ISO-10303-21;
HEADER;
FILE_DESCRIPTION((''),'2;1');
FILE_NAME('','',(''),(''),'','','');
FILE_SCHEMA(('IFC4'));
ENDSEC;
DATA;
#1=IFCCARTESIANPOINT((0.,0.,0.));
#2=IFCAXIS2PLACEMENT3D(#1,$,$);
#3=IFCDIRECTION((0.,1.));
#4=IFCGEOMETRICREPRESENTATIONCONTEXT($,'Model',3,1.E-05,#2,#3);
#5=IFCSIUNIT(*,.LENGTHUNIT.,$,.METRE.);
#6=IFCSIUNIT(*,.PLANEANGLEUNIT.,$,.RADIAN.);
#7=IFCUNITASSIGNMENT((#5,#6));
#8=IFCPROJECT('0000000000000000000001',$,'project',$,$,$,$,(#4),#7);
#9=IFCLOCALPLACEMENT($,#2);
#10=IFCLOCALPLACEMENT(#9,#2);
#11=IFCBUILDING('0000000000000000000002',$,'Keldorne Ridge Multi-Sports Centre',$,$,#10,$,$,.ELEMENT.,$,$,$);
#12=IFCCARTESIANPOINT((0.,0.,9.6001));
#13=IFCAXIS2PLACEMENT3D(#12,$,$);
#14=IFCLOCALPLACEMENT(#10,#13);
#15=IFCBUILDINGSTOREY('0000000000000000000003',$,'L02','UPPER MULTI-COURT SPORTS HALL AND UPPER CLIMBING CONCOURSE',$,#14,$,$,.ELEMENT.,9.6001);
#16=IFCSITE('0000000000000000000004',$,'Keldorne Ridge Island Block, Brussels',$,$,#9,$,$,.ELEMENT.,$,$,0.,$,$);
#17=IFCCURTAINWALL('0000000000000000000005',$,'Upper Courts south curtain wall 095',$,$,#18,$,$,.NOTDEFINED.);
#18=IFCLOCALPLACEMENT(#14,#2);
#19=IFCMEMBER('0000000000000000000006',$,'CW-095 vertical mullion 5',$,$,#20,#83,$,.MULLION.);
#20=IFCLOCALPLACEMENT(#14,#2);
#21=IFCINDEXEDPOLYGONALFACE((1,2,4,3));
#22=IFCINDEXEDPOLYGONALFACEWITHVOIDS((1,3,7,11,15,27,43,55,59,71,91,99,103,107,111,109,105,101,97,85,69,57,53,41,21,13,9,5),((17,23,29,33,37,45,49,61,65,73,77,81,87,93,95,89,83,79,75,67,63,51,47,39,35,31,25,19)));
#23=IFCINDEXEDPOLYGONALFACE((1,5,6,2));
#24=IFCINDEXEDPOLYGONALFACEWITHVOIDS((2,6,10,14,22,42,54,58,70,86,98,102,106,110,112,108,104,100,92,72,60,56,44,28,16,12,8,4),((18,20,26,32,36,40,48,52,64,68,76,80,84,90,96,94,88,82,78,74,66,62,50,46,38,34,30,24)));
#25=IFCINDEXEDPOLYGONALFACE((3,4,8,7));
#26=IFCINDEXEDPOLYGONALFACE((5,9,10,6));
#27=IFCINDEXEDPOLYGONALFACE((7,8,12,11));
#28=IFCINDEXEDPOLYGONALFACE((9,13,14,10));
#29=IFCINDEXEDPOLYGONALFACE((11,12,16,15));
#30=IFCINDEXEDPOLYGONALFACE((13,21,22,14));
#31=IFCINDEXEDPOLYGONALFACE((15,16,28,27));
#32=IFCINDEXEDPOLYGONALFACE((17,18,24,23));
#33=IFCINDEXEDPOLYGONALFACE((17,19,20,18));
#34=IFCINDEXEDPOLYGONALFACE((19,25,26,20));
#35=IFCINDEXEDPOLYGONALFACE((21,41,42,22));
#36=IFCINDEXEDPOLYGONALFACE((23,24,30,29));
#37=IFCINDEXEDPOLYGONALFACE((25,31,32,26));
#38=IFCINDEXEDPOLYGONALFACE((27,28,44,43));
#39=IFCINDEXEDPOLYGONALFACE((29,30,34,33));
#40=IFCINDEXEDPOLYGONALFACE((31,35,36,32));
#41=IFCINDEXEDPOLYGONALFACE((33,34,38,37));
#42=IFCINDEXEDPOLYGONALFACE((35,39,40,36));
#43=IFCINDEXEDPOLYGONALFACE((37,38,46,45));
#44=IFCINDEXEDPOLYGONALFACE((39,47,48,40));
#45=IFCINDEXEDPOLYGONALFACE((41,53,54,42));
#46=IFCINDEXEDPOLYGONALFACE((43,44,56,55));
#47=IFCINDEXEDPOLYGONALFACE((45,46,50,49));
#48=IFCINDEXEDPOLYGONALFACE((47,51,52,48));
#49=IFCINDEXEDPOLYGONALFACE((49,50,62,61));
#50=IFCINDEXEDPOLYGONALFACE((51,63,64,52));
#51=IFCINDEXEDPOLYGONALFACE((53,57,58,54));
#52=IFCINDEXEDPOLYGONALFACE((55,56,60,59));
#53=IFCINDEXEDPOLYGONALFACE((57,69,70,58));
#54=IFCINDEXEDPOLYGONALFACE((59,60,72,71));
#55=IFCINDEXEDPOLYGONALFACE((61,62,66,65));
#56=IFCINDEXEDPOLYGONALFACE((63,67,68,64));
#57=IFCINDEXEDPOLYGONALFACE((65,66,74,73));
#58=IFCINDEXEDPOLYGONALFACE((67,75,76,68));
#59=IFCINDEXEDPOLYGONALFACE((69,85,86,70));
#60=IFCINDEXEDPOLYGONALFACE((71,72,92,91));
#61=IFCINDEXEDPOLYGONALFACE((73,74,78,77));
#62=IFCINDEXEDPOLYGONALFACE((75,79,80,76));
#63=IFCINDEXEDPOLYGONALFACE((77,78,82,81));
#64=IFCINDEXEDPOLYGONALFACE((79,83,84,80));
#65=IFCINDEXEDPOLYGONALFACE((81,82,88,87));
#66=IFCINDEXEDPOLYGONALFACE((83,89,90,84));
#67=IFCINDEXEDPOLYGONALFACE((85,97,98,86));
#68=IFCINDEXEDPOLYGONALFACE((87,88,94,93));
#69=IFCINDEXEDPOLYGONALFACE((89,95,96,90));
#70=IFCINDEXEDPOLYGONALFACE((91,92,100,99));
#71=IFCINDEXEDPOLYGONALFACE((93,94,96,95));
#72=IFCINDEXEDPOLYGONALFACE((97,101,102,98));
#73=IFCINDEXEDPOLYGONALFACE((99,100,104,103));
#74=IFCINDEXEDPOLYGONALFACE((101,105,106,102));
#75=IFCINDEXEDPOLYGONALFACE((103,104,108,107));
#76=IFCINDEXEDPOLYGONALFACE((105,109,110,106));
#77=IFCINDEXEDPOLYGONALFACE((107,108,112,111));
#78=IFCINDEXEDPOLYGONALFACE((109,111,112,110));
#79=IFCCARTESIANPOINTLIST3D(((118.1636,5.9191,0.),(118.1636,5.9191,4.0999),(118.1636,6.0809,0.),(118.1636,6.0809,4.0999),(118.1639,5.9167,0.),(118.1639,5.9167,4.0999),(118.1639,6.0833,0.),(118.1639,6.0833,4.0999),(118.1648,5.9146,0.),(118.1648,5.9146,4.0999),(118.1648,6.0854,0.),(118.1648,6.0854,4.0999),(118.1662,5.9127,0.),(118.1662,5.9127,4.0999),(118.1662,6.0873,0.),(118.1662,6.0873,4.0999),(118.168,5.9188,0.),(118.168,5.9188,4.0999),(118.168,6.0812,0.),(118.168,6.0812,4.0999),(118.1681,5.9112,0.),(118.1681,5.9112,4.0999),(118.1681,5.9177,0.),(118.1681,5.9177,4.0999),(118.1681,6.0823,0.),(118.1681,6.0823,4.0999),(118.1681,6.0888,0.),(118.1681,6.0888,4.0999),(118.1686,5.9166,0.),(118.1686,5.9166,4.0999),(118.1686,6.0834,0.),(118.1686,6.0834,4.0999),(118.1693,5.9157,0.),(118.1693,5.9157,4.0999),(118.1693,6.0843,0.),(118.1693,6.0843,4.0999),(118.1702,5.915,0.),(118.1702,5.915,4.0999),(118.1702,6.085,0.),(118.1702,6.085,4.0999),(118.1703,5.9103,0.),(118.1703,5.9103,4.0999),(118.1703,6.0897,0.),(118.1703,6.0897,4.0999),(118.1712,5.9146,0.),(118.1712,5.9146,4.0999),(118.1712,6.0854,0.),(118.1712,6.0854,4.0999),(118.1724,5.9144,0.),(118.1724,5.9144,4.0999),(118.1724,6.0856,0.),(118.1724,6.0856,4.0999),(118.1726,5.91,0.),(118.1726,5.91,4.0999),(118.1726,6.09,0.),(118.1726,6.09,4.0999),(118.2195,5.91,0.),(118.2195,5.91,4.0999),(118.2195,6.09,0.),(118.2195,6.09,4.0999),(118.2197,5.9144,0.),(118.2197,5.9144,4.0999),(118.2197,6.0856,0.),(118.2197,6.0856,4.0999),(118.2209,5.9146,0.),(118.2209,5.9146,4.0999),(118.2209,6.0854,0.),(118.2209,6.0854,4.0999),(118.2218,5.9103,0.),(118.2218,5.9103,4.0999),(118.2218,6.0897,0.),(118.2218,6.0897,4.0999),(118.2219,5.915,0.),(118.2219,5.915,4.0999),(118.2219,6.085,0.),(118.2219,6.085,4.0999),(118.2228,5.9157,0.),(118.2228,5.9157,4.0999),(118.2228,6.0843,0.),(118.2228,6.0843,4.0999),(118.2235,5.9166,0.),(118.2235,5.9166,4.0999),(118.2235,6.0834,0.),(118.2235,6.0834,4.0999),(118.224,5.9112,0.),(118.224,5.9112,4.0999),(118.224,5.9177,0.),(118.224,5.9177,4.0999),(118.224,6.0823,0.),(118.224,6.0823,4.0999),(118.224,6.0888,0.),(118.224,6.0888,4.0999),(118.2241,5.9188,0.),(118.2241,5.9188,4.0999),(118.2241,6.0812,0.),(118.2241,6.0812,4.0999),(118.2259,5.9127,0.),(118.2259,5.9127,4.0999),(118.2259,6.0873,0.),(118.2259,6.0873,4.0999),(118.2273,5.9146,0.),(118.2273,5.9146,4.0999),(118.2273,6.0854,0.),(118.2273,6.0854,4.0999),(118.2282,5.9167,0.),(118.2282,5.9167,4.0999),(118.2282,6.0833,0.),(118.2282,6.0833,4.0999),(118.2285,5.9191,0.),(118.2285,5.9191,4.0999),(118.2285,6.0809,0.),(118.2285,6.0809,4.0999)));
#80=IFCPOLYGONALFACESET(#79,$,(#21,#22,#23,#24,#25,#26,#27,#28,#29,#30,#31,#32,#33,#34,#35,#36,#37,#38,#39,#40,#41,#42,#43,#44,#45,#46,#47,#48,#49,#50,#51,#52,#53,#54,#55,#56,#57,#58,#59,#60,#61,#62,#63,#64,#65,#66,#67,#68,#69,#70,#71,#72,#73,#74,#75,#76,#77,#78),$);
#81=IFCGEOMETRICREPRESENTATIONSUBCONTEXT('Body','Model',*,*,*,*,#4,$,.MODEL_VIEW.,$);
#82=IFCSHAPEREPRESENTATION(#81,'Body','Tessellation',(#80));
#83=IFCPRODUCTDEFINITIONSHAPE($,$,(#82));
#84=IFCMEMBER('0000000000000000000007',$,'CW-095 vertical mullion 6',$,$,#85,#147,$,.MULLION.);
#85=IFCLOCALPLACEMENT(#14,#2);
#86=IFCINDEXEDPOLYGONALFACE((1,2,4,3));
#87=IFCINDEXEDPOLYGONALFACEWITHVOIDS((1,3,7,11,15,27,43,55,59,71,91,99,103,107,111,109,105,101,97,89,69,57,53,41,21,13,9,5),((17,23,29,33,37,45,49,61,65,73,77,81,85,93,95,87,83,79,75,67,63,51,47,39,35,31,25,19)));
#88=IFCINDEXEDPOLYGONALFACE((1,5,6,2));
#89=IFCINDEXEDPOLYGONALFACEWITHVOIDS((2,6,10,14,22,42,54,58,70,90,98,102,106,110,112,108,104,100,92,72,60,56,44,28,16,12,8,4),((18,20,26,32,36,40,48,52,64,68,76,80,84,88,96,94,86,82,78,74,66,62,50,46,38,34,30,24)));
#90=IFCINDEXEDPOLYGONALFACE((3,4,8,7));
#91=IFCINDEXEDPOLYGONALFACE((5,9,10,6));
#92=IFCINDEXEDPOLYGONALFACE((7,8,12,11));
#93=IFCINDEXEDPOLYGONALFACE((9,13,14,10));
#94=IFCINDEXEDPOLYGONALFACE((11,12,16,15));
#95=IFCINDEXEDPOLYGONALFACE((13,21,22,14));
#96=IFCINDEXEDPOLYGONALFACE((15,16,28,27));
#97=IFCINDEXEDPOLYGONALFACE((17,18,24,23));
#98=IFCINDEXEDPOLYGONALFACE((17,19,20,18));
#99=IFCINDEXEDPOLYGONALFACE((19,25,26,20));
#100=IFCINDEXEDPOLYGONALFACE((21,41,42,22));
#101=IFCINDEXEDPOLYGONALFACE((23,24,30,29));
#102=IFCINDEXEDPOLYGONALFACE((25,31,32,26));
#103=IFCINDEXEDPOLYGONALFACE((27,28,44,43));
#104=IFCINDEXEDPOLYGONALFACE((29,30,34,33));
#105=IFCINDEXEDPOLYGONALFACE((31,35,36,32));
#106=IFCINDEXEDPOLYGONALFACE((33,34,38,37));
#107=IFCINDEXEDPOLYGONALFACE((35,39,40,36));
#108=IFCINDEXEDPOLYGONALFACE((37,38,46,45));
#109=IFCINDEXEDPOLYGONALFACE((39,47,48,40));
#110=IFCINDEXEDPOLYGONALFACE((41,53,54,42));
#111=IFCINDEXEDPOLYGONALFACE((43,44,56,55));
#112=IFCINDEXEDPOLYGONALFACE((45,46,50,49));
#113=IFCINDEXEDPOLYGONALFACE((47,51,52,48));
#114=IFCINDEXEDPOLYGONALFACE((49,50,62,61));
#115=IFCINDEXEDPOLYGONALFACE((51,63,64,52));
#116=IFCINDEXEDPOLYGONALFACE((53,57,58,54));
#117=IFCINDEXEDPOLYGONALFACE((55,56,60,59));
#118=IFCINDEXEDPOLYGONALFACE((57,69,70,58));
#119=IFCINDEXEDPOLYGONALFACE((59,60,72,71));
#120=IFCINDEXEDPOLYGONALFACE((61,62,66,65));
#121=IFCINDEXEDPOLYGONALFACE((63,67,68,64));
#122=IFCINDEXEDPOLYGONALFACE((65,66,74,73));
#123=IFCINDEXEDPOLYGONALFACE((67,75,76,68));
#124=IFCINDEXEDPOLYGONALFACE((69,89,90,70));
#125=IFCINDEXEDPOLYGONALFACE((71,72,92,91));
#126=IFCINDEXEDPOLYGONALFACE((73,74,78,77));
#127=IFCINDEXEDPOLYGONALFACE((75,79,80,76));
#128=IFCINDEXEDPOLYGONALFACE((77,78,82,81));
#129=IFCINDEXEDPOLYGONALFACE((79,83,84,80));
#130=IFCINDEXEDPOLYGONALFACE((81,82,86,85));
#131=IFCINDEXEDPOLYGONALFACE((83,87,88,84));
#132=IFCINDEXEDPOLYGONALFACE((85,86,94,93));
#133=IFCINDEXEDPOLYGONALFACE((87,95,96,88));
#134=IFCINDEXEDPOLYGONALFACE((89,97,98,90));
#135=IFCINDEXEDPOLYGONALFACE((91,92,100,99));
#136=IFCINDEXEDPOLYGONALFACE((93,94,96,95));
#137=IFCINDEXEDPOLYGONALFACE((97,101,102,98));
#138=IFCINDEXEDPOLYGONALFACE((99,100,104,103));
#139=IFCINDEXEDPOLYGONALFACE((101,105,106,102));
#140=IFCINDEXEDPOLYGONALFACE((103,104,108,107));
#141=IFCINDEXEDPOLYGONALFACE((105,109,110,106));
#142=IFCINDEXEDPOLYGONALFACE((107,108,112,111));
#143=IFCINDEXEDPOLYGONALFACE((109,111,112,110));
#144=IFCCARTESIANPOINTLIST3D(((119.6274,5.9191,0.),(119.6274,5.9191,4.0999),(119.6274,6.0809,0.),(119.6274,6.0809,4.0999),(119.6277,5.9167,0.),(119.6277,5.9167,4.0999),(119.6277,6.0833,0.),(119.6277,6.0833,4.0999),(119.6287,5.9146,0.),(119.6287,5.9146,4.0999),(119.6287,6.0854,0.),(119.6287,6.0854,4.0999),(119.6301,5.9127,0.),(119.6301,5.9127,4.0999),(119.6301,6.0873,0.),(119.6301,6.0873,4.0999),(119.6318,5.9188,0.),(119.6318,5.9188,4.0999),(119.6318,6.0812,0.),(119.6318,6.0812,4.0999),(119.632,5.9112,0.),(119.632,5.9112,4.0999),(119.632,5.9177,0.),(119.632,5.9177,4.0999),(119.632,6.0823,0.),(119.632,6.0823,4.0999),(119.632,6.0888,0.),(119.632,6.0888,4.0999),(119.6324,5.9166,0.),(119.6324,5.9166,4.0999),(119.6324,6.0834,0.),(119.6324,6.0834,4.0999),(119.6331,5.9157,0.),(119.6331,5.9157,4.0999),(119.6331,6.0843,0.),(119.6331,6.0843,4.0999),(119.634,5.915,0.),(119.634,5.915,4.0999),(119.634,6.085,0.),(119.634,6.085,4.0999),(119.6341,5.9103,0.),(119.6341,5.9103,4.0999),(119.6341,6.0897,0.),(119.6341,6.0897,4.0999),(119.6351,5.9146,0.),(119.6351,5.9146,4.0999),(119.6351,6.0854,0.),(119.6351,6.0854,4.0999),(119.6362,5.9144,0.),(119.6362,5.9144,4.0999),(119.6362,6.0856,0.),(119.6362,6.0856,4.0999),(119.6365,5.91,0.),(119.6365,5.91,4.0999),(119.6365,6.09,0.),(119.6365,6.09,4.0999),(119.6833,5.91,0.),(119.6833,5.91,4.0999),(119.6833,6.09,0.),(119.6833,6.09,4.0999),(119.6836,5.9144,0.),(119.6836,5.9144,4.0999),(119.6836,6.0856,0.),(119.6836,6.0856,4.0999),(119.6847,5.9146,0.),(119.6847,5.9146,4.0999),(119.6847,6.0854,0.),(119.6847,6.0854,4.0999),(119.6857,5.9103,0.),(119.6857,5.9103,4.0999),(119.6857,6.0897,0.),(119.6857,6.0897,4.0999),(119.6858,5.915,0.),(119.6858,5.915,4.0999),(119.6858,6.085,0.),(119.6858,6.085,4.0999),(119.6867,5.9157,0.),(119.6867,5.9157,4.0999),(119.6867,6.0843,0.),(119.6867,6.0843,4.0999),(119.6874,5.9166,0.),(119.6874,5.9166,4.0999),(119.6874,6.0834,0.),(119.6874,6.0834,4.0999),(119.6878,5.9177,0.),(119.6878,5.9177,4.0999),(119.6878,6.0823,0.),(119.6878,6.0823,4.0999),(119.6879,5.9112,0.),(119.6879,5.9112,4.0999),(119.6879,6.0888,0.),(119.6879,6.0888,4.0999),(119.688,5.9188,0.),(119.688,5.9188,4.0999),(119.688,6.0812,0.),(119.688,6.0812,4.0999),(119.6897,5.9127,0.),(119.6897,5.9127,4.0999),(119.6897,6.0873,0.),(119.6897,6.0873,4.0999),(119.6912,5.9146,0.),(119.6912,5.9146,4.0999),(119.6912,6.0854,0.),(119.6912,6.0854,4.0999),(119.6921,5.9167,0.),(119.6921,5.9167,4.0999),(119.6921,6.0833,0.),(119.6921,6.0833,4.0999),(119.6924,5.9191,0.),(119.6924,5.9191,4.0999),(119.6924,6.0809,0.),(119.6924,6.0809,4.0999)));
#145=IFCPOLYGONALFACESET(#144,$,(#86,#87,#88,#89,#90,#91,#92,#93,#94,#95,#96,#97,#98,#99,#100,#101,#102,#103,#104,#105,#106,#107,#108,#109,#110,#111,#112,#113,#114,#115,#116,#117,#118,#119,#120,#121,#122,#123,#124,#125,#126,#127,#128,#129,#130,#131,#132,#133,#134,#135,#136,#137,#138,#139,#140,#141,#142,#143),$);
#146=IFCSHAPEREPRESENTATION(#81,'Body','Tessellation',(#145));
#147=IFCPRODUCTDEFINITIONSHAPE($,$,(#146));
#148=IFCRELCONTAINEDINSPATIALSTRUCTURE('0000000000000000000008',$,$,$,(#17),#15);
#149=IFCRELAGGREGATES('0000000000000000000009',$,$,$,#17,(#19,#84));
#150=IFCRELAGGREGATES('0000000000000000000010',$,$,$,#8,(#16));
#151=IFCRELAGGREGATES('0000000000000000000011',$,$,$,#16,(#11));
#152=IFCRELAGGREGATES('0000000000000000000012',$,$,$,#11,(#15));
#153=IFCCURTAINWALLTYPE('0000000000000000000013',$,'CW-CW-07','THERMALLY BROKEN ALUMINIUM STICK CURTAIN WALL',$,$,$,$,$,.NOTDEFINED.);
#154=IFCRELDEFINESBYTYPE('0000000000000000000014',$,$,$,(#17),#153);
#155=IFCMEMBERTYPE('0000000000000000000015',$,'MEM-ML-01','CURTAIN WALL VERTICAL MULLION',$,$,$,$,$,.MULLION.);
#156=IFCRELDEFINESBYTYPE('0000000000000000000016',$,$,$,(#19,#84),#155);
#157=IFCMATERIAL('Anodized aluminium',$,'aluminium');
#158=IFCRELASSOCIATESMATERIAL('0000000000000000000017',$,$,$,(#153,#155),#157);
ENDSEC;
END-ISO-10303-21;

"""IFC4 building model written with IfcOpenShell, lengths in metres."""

from ifc_helpers import new_model, si_unit, direction, frame, origin, origin_2d, place, context, subcontext, project, spatial, hollow_rectangle, extrude, material, material_profile, profile_set, type_object, element, aggregate, save


model = new_model("IFC4")

# Units and contexts
model_context = context("Model", 3, precision=1e-05, world=origin(), true_north=direction((0.0, 1.0)))
body_context = subcontext(model_context, "Body", "Model", "MODEL_VIEW")
ifc_project = project(units=[si_unit("LENGTHUNIT", "METRE"), si_unit("PLANEANGLEUNIT", "RADIAN")], contexts=[model_context])

# Site, building, storey
site_placement = place(None, origin())
site = spatial("IfcSite", under=ifc_project, at=site_placement, Name="Keldorne Ridge Island Block, Brussels", CompositionType="ELEMENT", RefElevation=0.0)
building_placement = place(site_placement, origin())
building = spatial("IfcBuilding", under=site, at=building_placement, Name="Keldorne Ridge Multi-Sports Centre", CompositionType="ELEMENT")
storey_placement = place(building_placement, frame((0.0, 0.0, 9.6001)))
storey = spatial("IfcBuildingStorey", under=building, at=storey_placement, Name="L02", Description="UPPER MULTI-COURT SPORTS HALL AND UPPER CLIMBING CONCOURSE", CompositionType="ELEMENT", Elevation=9.6001)

# Curtain wall, members
ifc_material_1 = material(Name="Anodized aluminium", Category="aluminium")
curtain_wall_type_1 = type_object("IfcCurtainWallType", Name="CW-CW-07", Description="THERMALLY BROKEN ALUMINIUM STICK CURTAIN WALL", PredefinedType="NOTDEFINED", material=ifc_material_1)
curtain_wall_1_placement = place(storey_placement, origin())
curtain_wall_1 = element("IfcCurtainWall", 1, at=curtain_wall_1_placement, inside=storey, type_object=curtain_wall_type_1, Name="Upper Courts south curtain wall 095", PredefinedType="NOTDEFINED")
ifc_material_profile_1 = material_profile(ifc_material_1, hollow_rectangle(XDim=0.0649, YDim=0.1799, WallThickness=0.0044, InnerFilletRadius=0.0044, OuterFilletRadius=0.009, at=origin_2d()), Name="ALU MULLION 180x65x4.5")
ifc_profile_set_1 = profile_set([ifc_material_profile_1], Name="Anodized aluminium")
member_type_1 = type_object("IfcMemberType", Name="MEM-ML-01", Description="CURTAIN WALL VERTICAL MULLION", PredefinedType="MULLION", material=ifc_profile_set_1)
member_1_placement = place(storey_placement, frame((118.196, 6.0, 0.0), z_axis=(0.0, 0.0, 1.0), x_axis=(1.0, 0.0, 0.0)))
member_1 = element("IfcMember", 2, at=member_1_placement, type_object=member_type_1, Name="CW-095 vertical mullion 5", PredefinedType="MULLION", context=body_context, shape_type="SweptSolid", body=[
    extrude(hollow_rectangle(XDim=0.0649, YDim=0.1799, WallThickness=0.0044, InnerFilletRadius=0.0044, OuterFilletRadius=0.009, at=origin_2d()), origin(), (0.0, 0.0, 1.0), 4.0999),
])
member_2_placement = place(storey_placement, frame((119.6599, 6.0, 0.0), z_axis=(0.0, 0.0, 1.0), x_axis=(1.0, 0.0, 0.0)))
member_2 = element("IfcMember", 3, at=member_2_placement, type_object=member_type_1, Name="CW-095 vertical mullion 6", PredefinedType="MULLION", context=body_context, shape_type="SweptSolid", body=[
    extrude(hollow_rectangle(XDim=0.0649, YDim=0.1799, WallThickness=0.0044, InnerFilletRadius=0.0044, OuterFilletRadius=0.009, at=origin_2d()), origin(), (0.0, 0.0, 1.0), 4.0999),
])

aggregate(curtain_wall_1, [member_1, member_2])

save(model, "model.ifc")
